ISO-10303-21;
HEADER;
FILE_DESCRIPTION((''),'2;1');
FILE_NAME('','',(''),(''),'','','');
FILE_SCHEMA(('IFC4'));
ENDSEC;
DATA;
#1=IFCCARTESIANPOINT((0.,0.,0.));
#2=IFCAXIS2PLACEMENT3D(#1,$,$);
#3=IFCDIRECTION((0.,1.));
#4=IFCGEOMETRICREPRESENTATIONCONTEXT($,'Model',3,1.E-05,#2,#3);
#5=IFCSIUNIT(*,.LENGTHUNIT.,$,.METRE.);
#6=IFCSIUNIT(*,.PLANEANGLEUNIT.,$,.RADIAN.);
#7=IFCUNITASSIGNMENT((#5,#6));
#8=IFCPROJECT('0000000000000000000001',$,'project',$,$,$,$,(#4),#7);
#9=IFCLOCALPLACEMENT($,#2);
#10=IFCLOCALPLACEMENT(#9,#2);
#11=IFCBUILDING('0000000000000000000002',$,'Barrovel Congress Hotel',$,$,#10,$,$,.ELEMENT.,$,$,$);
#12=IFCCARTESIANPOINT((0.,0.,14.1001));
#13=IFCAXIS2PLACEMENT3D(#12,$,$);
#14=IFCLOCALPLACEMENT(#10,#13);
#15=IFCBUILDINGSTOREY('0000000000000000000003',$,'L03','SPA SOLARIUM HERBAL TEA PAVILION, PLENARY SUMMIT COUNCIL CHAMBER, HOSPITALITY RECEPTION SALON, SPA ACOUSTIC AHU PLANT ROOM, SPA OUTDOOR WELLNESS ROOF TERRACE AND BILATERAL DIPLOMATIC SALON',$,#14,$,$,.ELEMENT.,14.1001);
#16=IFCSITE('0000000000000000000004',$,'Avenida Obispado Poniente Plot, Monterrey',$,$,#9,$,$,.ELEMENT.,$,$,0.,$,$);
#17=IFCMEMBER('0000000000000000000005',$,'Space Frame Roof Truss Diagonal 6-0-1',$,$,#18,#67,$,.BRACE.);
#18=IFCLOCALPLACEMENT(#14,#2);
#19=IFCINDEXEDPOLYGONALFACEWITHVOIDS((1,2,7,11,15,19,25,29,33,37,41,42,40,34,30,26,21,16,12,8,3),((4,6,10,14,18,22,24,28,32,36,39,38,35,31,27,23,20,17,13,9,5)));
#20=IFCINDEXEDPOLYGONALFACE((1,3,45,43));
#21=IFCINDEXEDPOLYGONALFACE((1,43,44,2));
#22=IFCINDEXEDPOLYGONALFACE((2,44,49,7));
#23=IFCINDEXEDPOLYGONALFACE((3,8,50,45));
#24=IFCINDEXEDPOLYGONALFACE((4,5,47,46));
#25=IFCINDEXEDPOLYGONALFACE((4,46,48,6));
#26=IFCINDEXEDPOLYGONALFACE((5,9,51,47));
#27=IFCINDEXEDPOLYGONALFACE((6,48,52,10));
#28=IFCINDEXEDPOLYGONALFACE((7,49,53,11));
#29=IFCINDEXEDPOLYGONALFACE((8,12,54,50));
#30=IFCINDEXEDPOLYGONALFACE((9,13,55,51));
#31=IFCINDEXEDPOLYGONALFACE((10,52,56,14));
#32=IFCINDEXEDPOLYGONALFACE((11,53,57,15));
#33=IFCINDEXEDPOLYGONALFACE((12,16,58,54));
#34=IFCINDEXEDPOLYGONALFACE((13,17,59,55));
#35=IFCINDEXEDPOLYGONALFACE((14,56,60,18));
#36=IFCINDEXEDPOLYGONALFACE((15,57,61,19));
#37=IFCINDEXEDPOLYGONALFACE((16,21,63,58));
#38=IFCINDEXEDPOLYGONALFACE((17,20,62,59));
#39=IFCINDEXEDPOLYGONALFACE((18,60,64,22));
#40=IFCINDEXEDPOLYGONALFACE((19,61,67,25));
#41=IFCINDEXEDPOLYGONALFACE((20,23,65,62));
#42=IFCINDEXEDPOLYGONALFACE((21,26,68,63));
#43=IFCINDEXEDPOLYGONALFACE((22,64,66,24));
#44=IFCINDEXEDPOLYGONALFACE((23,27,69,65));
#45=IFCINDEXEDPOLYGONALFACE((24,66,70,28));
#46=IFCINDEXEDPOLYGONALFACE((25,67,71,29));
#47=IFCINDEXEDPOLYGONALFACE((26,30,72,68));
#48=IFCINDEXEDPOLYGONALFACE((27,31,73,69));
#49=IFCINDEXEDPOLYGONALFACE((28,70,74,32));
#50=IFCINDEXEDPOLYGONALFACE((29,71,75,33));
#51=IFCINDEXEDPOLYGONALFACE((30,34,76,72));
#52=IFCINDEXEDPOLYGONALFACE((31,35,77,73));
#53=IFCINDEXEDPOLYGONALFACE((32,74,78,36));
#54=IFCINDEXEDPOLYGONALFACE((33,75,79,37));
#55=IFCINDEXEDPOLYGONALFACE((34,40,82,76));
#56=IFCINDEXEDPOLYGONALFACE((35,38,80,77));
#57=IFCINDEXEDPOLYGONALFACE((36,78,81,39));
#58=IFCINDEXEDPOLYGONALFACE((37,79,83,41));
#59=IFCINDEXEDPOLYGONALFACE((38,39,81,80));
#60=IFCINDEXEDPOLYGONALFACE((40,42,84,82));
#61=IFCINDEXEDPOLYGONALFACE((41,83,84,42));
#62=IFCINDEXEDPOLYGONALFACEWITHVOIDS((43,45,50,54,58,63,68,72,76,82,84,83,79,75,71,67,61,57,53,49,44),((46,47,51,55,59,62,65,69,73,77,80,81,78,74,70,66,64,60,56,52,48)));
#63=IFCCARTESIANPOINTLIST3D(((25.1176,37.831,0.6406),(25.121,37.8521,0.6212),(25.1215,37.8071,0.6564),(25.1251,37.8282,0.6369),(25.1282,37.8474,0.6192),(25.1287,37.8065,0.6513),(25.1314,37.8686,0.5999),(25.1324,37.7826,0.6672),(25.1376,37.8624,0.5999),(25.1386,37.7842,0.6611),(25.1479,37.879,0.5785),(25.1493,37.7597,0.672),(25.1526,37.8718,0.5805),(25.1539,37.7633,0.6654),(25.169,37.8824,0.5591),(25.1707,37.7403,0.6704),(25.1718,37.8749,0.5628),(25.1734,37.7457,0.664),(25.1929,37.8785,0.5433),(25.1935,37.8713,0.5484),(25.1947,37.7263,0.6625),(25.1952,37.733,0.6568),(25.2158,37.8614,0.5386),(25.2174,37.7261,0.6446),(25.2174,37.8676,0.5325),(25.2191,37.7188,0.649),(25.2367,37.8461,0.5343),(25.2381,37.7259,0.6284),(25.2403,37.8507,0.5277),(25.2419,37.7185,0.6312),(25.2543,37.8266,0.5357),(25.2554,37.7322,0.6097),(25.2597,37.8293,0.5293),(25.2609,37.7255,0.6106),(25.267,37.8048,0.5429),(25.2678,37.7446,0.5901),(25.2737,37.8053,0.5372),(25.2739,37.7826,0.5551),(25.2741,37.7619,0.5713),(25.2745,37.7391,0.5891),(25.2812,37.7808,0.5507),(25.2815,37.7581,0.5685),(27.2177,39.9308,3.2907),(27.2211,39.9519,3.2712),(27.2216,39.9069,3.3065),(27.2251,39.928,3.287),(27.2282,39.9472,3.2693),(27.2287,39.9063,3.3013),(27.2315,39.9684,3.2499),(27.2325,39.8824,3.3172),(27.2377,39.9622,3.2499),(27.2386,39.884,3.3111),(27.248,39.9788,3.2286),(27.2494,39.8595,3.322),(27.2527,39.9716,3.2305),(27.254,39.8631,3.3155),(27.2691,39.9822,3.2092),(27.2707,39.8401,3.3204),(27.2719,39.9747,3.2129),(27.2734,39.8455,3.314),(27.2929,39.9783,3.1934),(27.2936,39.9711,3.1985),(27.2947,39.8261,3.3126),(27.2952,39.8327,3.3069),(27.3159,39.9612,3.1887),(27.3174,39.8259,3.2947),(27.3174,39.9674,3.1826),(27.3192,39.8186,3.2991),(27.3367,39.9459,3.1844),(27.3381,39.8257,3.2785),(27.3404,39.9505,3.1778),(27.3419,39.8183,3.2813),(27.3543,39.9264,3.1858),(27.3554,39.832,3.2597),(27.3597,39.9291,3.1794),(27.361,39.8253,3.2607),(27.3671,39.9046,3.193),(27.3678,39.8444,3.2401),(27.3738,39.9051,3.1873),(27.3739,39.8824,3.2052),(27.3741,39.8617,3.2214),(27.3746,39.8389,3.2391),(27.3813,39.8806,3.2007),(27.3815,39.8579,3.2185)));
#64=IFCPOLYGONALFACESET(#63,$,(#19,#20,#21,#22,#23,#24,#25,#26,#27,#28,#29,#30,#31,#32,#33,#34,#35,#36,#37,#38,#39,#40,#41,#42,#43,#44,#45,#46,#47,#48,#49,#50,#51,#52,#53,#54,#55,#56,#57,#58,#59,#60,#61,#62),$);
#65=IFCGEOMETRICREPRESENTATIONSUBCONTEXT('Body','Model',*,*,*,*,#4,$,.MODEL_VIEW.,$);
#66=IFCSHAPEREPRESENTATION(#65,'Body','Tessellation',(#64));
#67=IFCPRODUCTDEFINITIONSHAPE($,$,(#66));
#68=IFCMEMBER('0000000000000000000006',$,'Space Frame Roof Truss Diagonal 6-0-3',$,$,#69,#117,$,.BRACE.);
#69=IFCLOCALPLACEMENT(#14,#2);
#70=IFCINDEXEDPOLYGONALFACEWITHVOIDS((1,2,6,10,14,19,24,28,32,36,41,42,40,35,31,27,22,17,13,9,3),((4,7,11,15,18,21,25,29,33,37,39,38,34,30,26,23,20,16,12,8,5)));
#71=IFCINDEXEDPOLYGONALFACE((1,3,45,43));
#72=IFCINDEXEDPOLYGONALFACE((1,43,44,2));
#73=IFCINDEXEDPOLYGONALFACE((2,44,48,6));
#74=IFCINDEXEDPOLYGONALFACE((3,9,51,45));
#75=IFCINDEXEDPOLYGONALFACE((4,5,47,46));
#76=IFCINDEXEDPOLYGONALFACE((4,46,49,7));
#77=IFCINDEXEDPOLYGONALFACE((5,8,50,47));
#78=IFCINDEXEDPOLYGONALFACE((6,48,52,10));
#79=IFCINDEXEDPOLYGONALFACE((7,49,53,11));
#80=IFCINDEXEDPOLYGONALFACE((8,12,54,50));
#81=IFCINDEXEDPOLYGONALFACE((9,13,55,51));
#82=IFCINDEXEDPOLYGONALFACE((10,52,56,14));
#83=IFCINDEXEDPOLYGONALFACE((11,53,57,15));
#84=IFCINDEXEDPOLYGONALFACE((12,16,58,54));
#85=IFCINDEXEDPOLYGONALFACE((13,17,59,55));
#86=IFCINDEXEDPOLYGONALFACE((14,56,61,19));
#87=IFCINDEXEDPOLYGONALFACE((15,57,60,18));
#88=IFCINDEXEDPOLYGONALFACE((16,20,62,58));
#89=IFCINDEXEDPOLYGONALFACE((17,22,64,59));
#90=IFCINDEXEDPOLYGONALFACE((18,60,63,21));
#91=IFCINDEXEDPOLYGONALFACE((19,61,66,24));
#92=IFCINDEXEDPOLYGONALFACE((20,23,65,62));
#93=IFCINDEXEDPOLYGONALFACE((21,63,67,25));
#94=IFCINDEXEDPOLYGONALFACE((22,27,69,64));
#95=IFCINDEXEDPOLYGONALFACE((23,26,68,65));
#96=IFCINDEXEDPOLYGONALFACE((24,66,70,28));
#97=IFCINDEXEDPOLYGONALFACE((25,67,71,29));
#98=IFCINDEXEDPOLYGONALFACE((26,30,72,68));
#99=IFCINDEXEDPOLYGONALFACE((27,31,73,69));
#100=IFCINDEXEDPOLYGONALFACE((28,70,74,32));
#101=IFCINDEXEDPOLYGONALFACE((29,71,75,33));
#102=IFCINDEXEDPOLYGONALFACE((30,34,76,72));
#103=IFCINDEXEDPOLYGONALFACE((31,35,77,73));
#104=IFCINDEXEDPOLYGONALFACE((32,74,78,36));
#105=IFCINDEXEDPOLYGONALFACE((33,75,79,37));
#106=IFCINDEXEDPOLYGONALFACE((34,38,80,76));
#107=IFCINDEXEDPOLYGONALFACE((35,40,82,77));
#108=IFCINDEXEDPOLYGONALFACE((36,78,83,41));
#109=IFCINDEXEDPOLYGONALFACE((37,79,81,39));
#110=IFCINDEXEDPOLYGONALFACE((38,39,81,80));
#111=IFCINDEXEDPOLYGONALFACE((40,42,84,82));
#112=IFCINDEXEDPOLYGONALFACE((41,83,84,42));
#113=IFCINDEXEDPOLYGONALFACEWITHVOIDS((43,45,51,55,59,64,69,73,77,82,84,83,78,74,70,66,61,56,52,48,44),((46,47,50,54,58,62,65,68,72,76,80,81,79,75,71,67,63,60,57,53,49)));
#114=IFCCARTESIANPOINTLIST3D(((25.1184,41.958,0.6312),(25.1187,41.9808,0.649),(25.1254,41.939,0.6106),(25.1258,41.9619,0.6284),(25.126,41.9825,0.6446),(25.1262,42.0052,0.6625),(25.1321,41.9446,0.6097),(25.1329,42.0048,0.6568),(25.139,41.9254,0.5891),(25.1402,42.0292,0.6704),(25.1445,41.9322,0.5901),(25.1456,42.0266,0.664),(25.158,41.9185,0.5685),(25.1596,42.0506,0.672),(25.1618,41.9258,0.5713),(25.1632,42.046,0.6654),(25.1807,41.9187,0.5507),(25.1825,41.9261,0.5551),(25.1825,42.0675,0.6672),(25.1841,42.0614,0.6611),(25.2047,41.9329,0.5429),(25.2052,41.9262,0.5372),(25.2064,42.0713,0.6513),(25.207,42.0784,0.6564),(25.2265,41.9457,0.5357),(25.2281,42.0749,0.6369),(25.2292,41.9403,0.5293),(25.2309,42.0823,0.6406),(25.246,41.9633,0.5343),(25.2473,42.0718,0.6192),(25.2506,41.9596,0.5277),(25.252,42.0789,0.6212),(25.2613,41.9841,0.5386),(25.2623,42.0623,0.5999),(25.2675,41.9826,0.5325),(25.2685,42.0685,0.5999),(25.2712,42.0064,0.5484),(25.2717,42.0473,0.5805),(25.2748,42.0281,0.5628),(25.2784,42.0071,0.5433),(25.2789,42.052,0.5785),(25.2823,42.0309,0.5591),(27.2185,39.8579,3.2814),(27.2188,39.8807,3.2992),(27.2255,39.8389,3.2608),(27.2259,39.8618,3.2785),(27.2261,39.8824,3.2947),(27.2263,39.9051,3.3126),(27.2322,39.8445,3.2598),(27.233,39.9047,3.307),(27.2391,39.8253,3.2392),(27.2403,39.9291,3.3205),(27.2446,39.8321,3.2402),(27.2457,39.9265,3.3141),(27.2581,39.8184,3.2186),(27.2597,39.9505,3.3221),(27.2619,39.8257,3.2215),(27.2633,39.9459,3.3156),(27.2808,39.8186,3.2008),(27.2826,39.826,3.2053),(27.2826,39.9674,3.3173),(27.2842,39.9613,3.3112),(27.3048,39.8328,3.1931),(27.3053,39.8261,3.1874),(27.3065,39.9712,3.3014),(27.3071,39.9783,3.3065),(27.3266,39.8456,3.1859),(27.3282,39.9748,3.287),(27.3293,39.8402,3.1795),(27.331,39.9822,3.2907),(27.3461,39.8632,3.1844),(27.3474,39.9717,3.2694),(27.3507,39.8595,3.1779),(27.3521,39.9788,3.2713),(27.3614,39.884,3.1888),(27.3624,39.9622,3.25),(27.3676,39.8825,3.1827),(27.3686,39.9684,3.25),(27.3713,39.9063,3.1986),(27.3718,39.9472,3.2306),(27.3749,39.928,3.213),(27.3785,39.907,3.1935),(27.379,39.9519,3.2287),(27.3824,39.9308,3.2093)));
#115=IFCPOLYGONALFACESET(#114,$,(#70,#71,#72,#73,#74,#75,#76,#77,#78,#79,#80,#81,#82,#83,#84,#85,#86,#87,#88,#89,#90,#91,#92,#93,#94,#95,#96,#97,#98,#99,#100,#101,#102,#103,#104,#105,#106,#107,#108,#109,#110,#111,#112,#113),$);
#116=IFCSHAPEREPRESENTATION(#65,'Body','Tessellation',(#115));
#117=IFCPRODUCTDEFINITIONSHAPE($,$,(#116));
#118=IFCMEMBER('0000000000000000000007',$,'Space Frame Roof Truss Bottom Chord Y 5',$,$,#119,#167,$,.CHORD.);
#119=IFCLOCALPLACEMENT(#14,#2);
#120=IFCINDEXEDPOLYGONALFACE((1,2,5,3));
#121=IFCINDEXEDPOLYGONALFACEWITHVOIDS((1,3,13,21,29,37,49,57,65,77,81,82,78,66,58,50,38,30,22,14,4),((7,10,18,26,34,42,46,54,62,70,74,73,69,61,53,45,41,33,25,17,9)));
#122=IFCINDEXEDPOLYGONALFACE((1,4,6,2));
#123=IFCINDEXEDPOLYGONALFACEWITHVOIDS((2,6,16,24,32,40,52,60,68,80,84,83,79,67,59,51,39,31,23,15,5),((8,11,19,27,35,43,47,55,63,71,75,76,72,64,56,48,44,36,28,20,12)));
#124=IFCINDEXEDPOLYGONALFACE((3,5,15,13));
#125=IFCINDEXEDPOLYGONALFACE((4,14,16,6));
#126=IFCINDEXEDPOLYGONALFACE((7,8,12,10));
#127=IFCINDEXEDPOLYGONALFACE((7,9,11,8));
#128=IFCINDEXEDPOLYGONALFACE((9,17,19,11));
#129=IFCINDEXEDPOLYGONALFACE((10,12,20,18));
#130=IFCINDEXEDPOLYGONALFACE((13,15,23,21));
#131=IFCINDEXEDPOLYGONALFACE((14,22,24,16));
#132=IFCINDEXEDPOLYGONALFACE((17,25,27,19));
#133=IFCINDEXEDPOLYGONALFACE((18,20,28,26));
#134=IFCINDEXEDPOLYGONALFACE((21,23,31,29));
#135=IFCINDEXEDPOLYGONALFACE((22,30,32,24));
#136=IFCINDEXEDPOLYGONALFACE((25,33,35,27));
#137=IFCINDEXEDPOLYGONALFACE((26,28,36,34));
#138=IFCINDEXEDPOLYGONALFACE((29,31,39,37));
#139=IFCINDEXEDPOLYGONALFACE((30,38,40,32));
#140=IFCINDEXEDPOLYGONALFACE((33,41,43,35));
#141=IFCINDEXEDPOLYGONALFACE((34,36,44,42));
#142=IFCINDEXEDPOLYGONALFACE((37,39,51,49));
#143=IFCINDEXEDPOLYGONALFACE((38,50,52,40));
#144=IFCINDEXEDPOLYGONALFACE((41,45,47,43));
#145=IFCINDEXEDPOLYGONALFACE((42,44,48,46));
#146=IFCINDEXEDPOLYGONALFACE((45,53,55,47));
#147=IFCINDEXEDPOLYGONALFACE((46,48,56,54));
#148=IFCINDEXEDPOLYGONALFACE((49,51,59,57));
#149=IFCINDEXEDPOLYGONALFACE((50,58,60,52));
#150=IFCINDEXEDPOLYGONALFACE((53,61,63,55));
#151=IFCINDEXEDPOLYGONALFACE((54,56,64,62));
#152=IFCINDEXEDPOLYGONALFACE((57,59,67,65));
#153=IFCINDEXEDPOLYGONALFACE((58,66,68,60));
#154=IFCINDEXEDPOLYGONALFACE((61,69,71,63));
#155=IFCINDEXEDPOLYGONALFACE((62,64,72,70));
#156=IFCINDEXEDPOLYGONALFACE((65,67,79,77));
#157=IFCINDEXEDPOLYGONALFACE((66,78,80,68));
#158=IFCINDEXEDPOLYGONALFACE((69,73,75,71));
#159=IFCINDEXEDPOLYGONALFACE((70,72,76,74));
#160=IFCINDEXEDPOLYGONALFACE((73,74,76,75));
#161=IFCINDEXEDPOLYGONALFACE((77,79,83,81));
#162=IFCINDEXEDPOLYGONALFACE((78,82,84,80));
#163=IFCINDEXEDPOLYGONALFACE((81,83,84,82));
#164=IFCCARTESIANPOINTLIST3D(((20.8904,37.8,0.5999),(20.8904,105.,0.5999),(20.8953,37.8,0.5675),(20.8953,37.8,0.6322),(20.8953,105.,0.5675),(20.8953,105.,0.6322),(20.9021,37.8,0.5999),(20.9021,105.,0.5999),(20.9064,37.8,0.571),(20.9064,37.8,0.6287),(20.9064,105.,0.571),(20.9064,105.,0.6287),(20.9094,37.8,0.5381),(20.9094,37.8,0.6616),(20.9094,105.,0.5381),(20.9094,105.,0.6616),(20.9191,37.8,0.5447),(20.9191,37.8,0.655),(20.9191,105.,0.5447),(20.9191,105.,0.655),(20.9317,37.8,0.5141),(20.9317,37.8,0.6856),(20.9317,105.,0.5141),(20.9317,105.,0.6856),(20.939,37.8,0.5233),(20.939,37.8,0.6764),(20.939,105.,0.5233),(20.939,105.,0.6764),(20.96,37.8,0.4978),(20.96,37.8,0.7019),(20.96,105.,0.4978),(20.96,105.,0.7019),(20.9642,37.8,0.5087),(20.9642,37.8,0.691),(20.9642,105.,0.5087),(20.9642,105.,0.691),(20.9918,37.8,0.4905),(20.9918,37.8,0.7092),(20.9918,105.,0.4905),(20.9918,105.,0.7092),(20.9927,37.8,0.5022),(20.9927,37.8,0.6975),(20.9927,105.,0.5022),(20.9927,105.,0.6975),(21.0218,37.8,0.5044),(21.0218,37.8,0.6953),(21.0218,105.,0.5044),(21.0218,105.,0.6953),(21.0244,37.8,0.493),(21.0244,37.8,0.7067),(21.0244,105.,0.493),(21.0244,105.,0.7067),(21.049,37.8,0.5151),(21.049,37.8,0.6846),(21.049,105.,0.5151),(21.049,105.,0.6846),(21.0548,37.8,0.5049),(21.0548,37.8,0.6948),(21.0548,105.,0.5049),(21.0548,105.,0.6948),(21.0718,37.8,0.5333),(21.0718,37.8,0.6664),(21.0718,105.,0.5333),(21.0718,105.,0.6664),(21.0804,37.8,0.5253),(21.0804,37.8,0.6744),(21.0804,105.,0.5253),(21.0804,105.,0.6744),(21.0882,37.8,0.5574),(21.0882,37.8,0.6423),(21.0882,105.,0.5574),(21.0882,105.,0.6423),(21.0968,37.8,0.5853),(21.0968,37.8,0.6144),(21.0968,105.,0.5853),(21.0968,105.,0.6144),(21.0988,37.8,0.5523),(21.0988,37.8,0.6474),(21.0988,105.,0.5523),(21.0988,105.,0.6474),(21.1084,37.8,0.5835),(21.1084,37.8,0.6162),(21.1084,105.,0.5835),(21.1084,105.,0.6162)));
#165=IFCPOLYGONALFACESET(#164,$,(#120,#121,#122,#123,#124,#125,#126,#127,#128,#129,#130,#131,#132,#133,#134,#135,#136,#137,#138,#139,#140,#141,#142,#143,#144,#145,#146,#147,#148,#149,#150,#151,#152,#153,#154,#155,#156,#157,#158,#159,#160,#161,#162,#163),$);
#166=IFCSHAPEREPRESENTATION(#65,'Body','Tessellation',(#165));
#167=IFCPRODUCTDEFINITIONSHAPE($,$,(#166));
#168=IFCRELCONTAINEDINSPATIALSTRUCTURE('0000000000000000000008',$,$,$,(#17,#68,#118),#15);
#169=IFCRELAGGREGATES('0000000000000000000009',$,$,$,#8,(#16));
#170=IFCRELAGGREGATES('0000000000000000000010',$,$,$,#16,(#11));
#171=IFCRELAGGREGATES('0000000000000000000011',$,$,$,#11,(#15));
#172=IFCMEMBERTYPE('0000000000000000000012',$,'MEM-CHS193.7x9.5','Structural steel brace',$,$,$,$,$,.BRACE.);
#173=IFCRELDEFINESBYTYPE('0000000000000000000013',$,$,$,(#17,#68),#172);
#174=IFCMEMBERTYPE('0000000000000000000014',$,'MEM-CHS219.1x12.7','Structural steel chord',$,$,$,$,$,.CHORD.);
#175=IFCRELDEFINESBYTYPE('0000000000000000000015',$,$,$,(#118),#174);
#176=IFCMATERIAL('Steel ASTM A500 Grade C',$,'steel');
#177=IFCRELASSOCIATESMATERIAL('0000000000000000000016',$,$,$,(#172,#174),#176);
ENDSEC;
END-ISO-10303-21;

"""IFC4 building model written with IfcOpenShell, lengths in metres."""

from ifc_helpers import new_model, si_unit, direction, frame, origin, origin_2d, place, context, subcontext, project, spatial, hollow_circle, extrude, material, material_profile, profile_set, type_object, element, save


model = new_model("IFC4")

# Units and contexts
model_context = context("Model", 3, precision=1e-05, world=origin(), true_north=direction((0.0, 1.0)))
body_context = subcontext(model_context, "Body", "Model", "MODEL_VIEW")
ifc_project = project(units=[si_unit("LENGTHUNIT", "METRE"), si_unit("PLANEANGLEUNIT", "RADIAN")], contexts=[model_context])

# Site, building, storey
site_placement = place(None, origin())
site = spatial("IfcSite", under=ifc_project, at=site_placement, Name="Avenida Obispado Poniente Plot, Monterrey", CompositionType="ELEMENT", RefElevation=0.0)
building_placement = place(site_placement, origin())
building = spatial("IfcBuilding", under=site, at=building_placement, Name="Barrovel Congress Hotel", CompositionType="ELEMENT")
storey_placement = place(building_placement, frame((0.0, 0.0, 14.1001)))
storey = spatial("IfcBuildingStorey", under=building, at=storey_placement, Name="L03", Description="SPA SOLARIUM HERBAL TEA PAVILION, PLENARY SUMMIT COUNCIL CHAMBER, HOSPITALITY RECEPTION SALON, SPA ACOUSTIC AHU PLANT ROOM, SPA OUTDOOR WELLNESS ROOF TERRACE AND BILATERAL DIPLOMATIC SALON", CompositionType="ELEMENT", Elevation=14.1001)

# Members
ifc_material_1 = material(Name="Steel ASTM A500 Grade C", Category="steel")
ifc_material_profile_1 = material_profile(ifc_material_1, hollow_circle(Radius=0.0969, WallThickness=0.0088, at=origin_2d()), Name="CHS193.7x9.5")
ifc_profile_set_1 = profile_set([ifc_material_profile_1], Name="Steel ASTM A500 Grade C")
member_type_1 = type_object("IfcMemberType", Name="MEM-CHS193.7x9.5", Description="Structural steel brace", PredefinedType="BRACE", material=ifc_profile_set_1)
for number, where, z_axis, x_axis, name in (
    (1, (25.2, 37.8, 0.5999), (0.527618, 0.527557, 0.66581), (-0.707066, 0.707148, 0.0), "Space Frame Roof Truss Diagonal 6-0-1"),
):
    element("IfcMember", number, at=place(storey_placement, frame(where, z_axis=z_axis, x_axis=x_axis)), inside=storey, type_object=member_type_1, Name=name, PredefinedType="BRACE", context=body_context, shape_type="SweptSolid", body=[
        extrude(hollow_circle(Radius=0.0969, WallThickness=0.0088, at=origin_2d()), origin(), (0.0, 0.0, 1.0), 3.9802),
    ])
member_1_placement = place(storey_placement, frame((25.2, 42.0, 0.5999), z_axis=(0.527601, -0.527601, 0.665788), x_axis=(0.707107, 0.707107, 0.0)))
element("IfcMember", 2, at=member_1_placement, inside=storey, type_object=member_type_1, Name="Space Frame Roof Truss Diagonal 6-0-3", PredefinedType="BRACE", context=body_context, shape_type="SweptSolid", body=[
    extrude(hollow_circle(Radius=0.0969, WallThickness=0.0088, at=origin_2d()), origin(), (0.0, 0.0, 1.0), 3.9805),
])
ifc_material_profile_2 = material_profile(ifc_material_1, hollow_circle(Radius=0.1096, WallThickness=0.0117, at=origin_2d()), Name="CHS219.1x12.7")
ifc_profile_set_2 = profile_set([ifc_material_profile_2], Name="Steel ASTM A500 Grade C")
member_type_2 = type_object("IfcMemberType", Name="MEM-CHS219.1x12.7", Description="Structural steel chord", PredefinedType="CHORD", material=ifc_profile_set_2)
for number, where, z_axis, x_axis, name in (
    (3, (21.0, 37.8, 0.5999), (0.0, 1.0, 0.0), (-1.0, 0.0, 0.0), "Space Frame Roof Truss Bottom Chord Y 5"),
):
    element("IfcMember", number, at=place(storey_placement, frame(where, z_axis=z_axis, x_axis=x_axis)), inside=storey, type_object=member_type_2, Name=name, PredefinedType="CHORD", context=body_context, shape_type="SweptSolid", body=[
        extrude(hollow_circle(Radius=0.1096, WallThickness=0.0117, at=origin_2d()), origin(), (0.0, 0.0, 1.0), 67.2),
    ])

save(model, "model.ifc")
